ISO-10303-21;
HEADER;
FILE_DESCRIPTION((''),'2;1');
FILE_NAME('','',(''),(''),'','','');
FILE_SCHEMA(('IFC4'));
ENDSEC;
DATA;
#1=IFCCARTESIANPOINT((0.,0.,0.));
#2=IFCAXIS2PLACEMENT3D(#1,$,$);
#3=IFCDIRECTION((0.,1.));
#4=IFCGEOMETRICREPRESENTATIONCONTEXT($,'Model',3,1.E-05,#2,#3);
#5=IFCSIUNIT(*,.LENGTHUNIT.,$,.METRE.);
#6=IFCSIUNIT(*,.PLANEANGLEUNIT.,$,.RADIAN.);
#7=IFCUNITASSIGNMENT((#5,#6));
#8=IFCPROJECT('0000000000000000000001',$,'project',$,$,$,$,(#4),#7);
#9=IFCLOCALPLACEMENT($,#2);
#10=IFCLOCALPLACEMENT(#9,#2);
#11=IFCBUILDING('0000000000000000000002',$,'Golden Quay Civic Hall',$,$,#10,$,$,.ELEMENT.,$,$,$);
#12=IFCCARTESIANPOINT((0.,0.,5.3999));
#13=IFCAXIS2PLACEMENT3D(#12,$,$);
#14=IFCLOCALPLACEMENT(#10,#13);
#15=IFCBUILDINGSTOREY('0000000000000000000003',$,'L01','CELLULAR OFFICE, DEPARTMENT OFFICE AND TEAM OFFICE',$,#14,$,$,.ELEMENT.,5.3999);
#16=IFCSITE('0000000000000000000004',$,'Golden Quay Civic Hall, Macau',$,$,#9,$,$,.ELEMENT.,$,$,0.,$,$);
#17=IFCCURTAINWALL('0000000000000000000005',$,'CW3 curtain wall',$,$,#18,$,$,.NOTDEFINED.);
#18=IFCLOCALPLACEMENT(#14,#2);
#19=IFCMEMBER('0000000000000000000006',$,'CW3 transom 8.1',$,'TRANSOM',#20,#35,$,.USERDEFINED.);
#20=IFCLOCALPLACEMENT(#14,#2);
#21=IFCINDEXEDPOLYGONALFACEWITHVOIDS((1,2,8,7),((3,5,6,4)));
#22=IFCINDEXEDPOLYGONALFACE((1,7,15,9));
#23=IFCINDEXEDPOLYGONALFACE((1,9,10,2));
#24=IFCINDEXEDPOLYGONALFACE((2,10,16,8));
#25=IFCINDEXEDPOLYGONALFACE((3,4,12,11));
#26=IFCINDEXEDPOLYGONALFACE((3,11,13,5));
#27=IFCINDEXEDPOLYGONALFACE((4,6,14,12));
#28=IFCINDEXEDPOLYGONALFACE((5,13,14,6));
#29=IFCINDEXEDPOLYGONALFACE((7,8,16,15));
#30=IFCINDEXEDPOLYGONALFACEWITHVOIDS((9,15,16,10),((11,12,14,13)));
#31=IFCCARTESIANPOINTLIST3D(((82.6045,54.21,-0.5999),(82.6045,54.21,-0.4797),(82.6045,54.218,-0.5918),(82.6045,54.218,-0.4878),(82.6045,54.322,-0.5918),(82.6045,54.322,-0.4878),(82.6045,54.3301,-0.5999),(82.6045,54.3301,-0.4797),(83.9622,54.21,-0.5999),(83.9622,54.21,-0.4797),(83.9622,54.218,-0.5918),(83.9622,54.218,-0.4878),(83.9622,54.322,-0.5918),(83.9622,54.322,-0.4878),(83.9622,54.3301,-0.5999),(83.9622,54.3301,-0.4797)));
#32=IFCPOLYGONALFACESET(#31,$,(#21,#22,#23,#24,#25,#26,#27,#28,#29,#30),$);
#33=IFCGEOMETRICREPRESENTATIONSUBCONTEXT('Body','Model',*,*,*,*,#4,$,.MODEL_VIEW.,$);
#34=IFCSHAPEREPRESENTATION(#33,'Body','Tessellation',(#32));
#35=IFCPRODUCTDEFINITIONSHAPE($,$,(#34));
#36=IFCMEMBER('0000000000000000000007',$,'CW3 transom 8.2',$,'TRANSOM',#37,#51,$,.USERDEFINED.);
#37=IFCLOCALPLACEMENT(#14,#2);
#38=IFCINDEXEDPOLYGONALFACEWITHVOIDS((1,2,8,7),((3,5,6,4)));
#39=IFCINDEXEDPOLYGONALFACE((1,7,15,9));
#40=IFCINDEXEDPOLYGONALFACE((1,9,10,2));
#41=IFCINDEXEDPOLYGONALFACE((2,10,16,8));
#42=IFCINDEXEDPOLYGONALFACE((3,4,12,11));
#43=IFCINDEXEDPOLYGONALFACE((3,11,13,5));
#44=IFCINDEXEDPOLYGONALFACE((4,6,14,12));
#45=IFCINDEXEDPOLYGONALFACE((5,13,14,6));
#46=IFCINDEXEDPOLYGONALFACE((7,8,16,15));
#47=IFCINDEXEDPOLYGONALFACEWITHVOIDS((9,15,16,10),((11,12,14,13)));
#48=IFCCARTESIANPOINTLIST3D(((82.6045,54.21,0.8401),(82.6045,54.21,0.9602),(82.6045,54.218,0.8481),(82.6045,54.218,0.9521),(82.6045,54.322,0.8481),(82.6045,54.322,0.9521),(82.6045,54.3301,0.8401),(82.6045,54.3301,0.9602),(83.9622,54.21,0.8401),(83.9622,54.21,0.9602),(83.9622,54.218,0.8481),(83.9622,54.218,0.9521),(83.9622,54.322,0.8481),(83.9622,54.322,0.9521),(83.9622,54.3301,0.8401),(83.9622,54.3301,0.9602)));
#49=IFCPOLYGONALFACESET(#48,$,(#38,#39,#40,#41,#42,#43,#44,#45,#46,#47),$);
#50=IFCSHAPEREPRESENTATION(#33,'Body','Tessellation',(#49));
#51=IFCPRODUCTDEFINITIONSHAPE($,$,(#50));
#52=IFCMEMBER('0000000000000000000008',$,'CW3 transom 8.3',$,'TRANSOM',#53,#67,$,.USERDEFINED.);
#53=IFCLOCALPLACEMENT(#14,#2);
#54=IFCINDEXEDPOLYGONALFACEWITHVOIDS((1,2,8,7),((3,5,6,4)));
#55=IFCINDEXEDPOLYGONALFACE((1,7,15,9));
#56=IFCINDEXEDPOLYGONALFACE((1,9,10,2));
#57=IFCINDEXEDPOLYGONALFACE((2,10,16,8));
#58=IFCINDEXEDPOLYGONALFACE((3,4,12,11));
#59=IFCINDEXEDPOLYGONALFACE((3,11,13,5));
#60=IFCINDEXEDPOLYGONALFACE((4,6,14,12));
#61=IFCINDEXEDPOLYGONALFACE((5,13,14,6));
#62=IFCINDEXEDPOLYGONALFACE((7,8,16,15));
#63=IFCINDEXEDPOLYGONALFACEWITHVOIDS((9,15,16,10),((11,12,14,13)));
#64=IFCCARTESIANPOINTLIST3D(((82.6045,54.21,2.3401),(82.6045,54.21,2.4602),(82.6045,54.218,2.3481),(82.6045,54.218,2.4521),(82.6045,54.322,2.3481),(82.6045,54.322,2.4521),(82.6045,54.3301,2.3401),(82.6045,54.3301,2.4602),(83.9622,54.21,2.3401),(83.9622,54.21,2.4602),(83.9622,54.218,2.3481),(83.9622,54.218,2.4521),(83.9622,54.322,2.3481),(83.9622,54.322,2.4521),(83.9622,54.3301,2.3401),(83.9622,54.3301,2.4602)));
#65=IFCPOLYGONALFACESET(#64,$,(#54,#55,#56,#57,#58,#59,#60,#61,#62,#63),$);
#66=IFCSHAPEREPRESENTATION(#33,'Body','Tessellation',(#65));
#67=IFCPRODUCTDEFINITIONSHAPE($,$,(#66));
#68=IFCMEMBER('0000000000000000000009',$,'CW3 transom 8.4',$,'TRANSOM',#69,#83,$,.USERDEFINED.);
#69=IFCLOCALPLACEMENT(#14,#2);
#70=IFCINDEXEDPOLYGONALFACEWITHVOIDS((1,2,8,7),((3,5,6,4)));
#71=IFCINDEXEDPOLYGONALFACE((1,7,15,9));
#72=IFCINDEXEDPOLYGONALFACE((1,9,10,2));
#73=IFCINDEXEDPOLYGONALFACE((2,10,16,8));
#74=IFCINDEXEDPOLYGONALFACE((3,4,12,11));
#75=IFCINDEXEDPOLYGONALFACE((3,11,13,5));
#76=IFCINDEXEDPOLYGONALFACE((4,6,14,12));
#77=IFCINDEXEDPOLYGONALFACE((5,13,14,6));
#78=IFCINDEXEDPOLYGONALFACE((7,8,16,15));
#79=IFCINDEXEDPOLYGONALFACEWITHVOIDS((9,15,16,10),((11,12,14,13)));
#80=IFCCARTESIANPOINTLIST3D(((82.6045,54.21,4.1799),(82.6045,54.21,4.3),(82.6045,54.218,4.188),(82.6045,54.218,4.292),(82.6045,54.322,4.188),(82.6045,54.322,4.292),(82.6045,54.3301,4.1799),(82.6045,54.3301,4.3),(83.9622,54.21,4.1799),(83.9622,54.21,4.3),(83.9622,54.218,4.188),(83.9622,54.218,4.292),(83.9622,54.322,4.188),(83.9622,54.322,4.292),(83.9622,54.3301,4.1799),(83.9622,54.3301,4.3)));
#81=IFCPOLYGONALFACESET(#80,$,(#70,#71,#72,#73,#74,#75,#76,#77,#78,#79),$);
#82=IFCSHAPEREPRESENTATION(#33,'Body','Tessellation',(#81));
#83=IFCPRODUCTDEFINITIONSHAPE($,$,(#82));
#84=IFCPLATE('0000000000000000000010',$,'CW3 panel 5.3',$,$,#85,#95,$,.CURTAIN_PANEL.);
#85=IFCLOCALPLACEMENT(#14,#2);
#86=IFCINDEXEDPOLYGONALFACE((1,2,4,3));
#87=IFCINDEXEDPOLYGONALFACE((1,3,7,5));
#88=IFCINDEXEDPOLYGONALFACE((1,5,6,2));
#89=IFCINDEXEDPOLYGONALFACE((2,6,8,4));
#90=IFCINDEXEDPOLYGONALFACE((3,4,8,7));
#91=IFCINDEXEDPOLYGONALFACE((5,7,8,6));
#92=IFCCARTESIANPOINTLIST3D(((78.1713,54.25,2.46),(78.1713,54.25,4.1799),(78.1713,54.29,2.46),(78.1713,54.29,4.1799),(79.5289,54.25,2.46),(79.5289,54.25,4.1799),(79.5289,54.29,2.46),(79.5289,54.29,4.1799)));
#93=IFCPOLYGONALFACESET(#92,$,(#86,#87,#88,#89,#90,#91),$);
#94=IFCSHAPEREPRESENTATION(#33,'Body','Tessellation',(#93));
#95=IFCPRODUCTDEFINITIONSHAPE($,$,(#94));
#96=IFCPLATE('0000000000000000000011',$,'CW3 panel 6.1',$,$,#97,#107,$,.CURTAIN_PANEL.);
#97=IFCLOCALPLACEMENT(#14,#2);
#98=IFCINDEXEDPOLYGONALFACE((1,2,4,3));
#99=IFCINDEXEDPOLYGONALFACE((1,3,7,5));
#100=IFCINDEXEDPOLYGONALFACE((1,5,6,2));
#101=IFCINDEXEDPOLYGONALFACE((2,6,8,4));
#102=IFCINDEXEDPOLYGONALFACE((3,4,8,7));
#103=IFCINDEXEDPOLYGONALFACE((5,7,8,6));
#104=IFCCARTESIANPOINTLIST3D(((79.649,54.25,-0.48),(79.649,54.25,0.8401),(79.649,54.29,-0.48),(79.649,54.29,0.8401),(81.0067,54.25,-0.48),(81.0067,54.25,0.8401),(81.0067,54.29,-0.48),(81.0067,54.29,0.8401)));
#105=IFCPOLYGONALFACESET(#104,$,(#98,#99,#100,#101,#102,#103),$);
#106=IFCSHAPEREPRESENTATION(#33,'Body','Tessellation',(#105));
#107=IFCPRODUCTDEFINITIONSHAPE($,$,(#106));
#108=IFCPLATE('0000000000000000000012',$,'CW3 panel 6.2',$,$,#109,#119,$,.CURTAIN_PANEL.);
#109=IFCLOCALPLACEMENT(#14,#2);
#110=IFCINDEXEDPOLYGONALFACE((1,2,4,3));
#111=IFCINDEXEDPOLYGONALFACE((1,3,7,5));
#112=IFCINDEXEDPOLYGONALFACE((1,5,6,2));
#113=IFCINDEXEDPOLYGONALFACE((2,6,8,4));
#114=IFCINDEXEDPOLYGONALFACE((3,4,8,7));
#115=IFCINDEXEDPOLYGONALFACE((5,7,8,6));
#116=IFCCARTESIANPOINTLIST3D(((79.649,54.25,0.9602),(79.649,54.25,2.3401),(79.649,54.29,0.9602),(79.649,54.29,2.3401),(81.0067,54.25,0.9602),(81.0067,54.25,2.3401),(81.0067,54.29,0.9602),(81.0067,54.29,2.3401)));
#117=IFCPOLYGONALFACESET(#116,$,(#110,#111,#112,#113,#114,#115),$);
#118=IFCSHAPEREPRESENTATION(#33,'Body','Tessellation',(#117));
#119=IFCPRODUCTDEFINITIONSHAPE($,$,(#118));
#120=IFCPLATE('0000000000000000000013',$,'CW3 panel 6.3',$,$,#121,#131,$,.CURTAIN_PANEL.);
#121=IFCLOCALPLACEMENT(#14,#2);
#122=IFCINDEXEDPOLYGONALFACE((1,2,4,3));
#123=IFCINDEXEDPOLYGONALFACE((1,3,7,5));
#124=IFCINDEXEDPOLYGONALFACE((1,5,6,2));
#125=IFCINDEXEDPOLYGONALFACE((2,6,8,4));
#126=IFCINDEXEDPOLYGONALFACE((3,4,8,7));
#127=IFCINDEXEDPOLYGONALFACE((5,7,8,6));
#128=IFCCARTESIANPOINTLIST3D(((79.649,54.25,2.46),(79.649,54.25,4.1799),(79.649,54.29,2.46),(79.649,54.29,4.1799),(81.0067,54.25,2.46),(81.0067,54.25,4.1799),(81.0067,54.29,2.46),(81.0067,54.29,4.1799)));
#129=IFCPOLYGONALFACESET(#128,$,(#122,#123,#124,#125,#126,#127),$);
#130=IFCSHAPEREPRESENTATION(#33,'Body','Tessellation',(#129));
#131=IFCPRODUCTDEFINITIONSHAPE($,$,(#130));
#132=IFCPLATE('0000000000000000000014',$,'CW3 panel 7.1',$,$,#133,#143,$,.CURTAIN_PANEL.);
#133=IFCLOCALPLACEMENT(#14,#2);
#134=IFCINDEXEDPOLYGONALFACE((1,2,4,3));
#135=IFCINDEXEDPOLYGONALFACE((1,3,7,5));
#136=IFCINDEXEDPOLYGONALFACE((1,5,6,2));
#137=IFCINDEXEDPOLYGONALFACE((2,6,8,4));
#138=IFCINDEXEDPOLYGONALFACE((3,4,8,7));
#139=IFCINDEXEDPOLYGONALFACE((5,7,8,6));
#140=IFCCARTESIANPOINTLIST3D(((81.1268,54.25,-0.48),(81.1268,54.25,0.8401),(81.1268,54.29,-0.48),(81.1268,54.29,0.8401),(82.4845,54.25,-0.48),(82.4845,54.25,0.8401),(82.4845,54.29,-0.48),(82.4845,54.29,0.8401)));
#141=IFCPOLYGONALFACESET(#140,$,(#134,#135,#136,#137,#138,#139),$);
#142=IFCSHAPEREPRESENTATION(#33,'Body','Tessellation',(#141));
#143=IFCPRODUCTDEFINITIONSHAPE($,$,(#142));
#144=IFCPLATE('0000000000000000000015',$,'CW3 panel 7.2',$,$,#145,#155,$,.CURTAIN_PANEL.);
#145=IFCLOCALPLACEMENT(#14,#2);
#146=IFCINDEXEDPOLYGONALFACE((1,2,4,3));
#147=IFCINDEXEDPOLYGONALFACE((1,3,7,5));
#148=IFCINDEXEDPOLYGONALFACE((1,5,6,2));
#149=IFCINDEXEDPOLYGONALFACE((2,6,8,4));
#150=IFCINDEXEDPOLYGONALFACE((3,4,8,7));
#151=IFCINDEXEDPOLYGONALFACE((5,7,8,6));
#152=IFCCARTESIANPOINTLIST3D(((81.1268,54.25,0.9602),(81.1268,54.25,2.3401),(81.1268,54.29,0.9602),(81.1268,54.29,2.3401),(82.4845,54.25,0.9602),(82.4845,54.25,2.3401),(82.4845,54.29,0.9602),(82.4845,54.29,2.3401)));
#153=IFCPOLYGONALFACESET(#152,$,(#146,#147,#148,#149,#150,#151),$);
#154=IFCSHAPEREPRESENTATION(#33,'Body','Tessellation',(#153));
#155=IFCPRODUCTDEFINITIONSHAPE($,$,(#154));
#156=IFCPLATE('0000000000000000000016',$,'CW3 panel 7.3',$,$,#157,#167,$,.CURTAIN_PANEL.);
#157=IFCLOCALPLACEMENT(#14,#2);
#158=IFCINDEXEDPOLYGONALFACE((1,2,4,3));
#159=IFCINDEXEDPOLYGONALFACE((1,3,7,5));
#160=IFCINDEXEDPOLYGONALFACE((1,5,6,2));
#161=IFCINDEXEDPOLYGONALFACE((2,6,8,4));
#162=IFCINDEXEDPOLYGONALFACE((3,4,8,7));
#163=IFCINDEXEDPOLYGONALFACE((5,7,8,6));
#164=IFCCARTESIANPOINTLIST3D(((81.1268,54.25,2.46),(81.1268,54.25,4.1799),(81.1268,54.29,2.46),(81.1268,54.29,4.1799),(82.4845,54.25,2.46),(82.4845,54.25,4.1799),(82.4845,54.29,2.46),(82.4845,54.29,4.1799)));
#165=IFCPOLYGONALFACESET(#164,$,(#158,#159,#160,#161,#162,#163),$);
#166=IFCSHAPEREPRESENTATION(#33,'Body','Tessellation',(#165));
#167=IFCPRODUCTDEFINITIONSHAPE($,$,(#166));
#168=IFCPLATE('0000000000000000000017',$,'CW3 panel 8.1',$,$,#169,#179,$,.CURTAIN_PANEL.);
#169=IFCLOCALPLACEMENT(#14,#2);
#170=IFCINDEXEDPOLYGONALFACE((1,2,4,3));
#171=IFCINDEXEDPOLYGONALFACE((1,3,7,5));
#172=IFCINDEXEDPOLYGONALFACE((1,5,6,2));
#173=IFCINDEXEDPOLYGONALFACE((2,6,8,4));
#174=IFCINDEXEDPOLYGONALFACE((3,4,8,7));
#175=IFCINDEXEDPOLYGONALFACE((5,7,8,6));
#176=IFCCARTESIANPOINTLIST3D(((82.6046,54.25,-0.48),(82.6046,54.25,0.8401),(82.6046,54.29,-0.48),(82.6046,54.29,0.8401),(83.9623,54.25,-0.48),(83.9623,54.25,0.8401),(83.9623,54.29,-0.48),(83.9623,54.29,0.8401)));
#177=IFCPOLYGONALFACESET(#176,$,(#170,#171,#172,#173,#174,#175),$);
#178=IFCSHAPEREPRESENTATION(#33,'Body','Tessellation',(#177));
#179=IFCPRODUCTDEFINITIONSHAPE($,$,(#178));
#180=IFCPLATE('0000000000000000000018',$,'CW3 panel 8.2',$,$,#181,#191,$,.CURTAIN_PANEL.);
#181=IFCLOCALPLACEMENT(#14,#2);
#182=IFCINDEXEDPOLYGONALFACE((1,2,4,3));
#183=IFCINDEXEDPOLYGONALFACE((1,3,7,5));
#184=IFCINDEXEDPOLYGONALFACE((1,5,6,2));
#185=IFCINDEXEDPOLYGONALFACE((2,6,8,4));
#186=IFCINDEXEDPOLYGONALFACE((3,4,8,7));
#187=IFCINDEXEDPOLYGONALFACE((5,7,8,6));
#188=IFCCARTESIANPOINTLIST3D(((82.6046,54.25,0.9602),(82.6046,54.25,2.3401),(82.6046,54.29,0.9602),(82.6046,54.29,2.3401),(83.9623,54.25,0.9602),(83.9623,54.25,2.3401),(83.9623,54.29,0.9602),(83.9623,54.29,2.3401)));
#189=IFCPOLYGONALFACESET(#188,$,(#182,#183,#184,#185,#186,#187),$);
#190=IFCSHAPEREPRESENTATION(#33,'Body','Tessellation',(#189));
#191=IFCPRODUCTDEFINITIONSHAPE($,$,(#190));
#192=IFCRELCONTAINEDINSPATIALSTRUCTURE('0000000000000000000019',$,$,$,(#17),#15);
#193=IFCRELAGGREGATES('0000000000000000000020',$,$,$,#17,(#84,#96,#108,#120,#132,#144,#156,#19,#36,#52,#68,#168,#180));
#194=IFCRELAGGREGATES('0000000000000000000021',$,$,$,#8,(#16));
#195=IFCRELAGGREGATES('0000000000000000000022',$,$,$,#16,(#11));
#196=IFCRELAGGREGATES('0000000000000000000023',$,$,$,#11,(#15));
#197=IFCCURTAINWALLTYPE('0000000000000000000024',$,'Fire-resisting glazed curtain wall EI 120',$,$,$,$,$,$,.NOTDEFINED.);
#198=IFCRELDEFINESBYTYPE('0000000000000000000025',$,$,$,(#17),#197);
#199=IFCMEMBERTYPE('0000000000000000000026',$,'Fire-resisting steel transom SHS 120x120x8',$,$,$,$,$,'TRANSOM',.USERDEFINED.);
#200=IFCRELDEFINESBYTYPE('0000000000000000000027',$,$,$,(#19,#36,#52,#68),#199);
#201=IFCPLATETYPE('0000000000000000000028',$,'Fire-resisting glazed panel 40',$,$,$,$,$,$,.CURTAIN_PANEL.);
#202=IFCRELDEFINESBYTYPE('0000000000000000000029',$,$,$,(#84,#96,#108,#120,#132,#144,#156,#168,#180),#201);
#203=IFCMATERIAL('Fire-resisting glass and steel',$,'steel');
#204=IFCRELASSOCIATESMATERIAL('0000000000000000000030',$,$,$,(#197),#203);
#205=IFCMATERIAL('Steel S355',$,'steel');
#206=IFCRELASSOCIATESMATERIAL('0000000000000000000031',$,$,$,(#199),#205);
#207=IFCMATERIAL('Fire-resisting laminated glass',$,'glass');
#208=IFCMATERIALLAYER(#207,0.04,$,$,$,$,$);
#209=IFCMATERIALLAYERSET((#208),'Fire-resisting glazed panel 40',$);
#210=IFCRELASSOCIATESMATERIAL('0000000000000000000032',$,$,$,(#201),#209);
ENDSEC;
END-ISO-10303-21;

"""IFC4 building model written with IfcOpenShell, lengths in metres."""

from ifc_helpers import new_model, si_unit, direction, frame, origin, origin_2d, place, context, subcontext, project, spatial, rectangle, hollow_rectangle, extrude, material, layer, layer_set, material_profile, profile_set, type_object, element, aggregate, save


model = new_model("IFC4")

# Units and contexts
model_context = context("Model", 3, precision=1e-05, world=origin(), true_north=direction((0.0, 1.0)))
body_context = subcontext(model_context, "Body", "Model", "MODEL_VIEW")
ifc_project = project(units=[si_unit("LENGTHUNIT", "METRE"), si_unit("PLANEANGLEUNIT", "RADIAN")], contexts=[model_context])

# Site, building, storey
site_placement = place(None, origin())
site = spatial("IfcSite", under=ifc_project, at=site_placement, Name="Golden Quay Civic Hall, Macau", CompositionType="ELEMENT", RefElevation=0.0)
building_placement = place(site_placement, origin())
building = spatial("IfcBuilding", under=site, at=building_placement, Name="Golden Quay Civic Hall", CompositionType="ELEMENT")
storey_placement = place(building_placement, frame((0.0, 0.0, 5.3999)))
storey = spatial("IfcBuildingStorey", under=building, at=storey_placement, Name="L01", Description="CELLULAR OFFICE, DEPARTMENT OFFICE AND TEAM OFFICE", CompositionType="ELEMENT", Elevation=5.3999)

# Curtain wall, members, plates
ifc_material_1 = material(Name="Fire-resisting glass and steel", Category="steel")
curtain_wall_type = type_object("IfcCurtainWallType", Name="Fire-resisting glazed curtain wall EI 120", PredefinedType="NOTDEFINED", material=ifc_material_1)
curtain_wall_placement = place(storey_placement, origin())
curtain_wall = element("IfcCurtainWall", 1, at=curtain_wall_placement, inside=storey, type_object=curtain_wall_type, Name="CW3 curtain wall", PredefinedType="NOTDEFINED")
ifc_material_2 = material(Name="Steel S355", Category="steel")
ifc_material_profile_1 = material_profile(ifc_material_2, hollow_rectangle(XDim=0.1201, YDim=0.1201, WallThickness=0.0081, at=origin_2d()), Name="SHS 120x120x8")
ifc_profile_set_1 = profile_set([ifc_material_profile_1], Name="Steel S355")
member_type_1 = type_object("IfcMemberType", Name="Fire-resisting steel transom SHS 120x120x8", ElementType="TRANSOM", PredefinedType="USERDEFINED", material=ifc_profile_set_1)
member_1_placement = place(storey_placement, frame((82.6045, 54.27, -0.5398), z_axis=(1.0, 0.0, 0.0), x_axis=(0.0, 1.0, 0.0)))
member_1 = element("IfcMember", 2, at=member_1_placement, type_object=member_type_1, Name="CW3 transom 8.1", ObjectType="TRANSOM", PredefinedType="USERDEFINED", context=body_context, shape_type="SweptSolid", body=[
    extrude(hollow_rectangle(XDim=0.1201, YDim=0.1201, WallThickness=0.0081, at=origin_2d()), origin(), (0.0, 0.0, 1.0), 1.3577),
])
member_2_placement = place(storey_placement, frame((82.6045, 54.27, 0.9001), z_axis=(1.0, 0.0, 0.0), x_axis=(0.0, 1.0, 0.0)))
member_2 = element("IfcMember", 3, at=member_2_placement, type_object=member_type_1, Name="CW3 transom 8.2", ObjectType="TRANSOM", PredefinedType="USERDEFINED", context=body_context, shape_type="SweptSolid", body=[
    extrude(hollow_rectangle(XDim=0.1201, YDim=0.1201, WallThickness=0.0081, at=origin_2d()), origin(), (0.0, 0.0, 1.0), 1.3577),
])
member_3_placement = place(storey_placement, frame((82.6045, 54.27, 2.4001), z_axis=(1.0, 0.0, 0.0), x_axis=(0.0, 1.0, 0.0)))
member_3 = element("IfcMember", 4, at=member_3_placement, type_object=member_type_1, Name="CW3 transom 8.3", ObjectType="TRANSOM", PredefinedType="USERDEFINED", context=body_context, shape_type="SweptSolid", body=[
    extrude(hollow_rectangle(XDim=0.1201, YDim=0.1201, WallThickness=0.0081, at=origin_2d()), origin(), (0.0, 0.0, 1.0), 1.3577),
])
member_4_placement = place(storey_placement, frame((82.6045, 54.27, 4.24), z_axis=(1.0, 0.0, 0.0), x_axis=(0.0, 1.0, 0.0)))
member_4 = element("IfcMember", 5, at=member_4_placement, type_object=member_type_1, Name="CW3 transom 8.4", ObjectType="TRANSOM", PredefinedType="USERDEFINED", context=body_context, shape_type="SweptSolid", body=[
    extrude(hollow_rectangle(XDim=0.1201, YDim=0.1201, WallThickness=0.0081, at=origin_2d()), origin(), (0.0, 0.0, 1.0), 1.3577),
])
ifc_material_3 = material(Name="Fire-resisting laminated glass", Category="glass")
ifc_layer = layer(ifc_material_3, 0.04)
ifc_layer_set = layer_set([ifc_layer], Name="Fire-resisting glazed panel 40")
plate_type = type_object("IfcPlateType", Name="Fire-resisting glazed panel 40", PredefinedType="CURTAIN_PANEL", material=ifc_layer_set)
plate_1_placement = place(storey_placement, frame((78.8501, 54.27, 2.46), z_axis=(0.0, 0.0, 1.0), x_axis=(1.0, 0.0, 0.0)))
plate_1 = element("IfcPlate", 6, at=plate_1_placement, type_object=plate_type, Name="CW3 panel 5.3", PredefinedType="CURTAIN_PANEL", context=body_context, shape_type="SweptSolid", body=[
    extrude(rectangle(XDim=1.3577, YDim=0.04, at=origin_2d()), origin(), (0.0, 0.0, 1.0), 1.72),
])
plate_2_placement = place(storey_placement, frame((80.3279, 54.27, -0.48), z_axis=(0.0, 0.0, 1.0), x_axis=(1.0, 0.0, 0.0)))
plate_2 = element("IfcPlate", 7, at=plate_2_placement, type_object=plate_type, Name="CW3 panel 6.1", PredefinedType="CURTAIN_PANEL", context=body_context, shape_type="SweptSolid", body=[
    extrude(rectangle(XDim=1.3577, YDim=0.04, at=origin_2d()), origin(), (0.0, 0.0, 1.0), 1.3201),
])
plate_3_placement = place(storey_placement, frame((80.3279, 54.27, 0.9602), z_axis=(0.0, 0.0, 1.0), x_axis=(1.0, 0.0, 0.0)))
plate_3 = element("IfcPlate", 8, at=plate_3_placement, type_object=plate_type, Name="CW3 panel 6.2", PredefinedType="CURTAIN_PANEL", context=body_context, shape_type="SweptSolid", body=[
    extrude(rectangle(XDim=1.3577, YDim=0.04, at=origin_2d()), origin(), (0.0, 0.0, 1.0), 1.3799),
])
plate_4_placement = place(storey_placement, frame((80.3279, 54.27, 2.46), z_axis=(0.0, 0.0, 1.0), x_axis=(1.0, 0.0, 0.0)))
plate_4 = element("IfcPlate", 9, at=plate_4_placement, type_object=plate_type, Name="CW3 panel 6.3", PredefinedType="CURTAIN_PANEL", context=body_context, shape_type="SweptSolid", body=[
    extrude(rectangle(XDim=1.3577, YDim=0.04, at=origin_2d()), origin(), (0.0, 0.0, 1.0), 1.72),
])
plate_5_placement = place(storey_placement, frame((81.8057, 54.27, -0.48), z_axis=(0.0, 0.0, 1.0), x_axis=(1.0, 0.0, 0.0)))
plate_5 = element("IfcPlate", 10, at=plate_5_placement, type_object=plate_type, Name="CW3 panel 7.1", PredefinedType="CURTAIN_PANEL", context=body_context, shape_type="SweptSolid", body=[
    extrude(rectangle(XDim=1.3577, YDim=0.04, at=origin_2d()), origin(), (0.0, 0.0, 1.0), 1.3201),
])
plate_6_placement = place(storey_placement, frame((81.8057, 54.27, 0.9602), z_axis=(0.0, 0.0, 1.0), x_axis=(1.0, 0.0, 0.0)))
plate_6 = element("IfcPlate", 11, at=plate_6_placement, type_object=plate_type, Name="CW3 panel 7.2", PredefinedType="CURTAIN_PANEL", context=body_context, shape_type="SweptSolid", body=[
    extrude(rectangle(XDim=1.3577, YDim=0.04, at=origin_2d()), origin(), (0.0, 0.0, 1.0), 1.3799),
])
plate_7_placement = place(storey_placement, frame((81.8057, 54.27, 2.46), z_axis=(0.0, 0.0, 1.0), x_axis=(1.0, 0.0, 0.0)))
plate_7 = element("IfcPlate", 12, at=plate_7_placement, type_object=plate_type, Name="CW3 panel 7.3", PredefinedType="CURTAIN_PANEL", context=body_context, shape_type="SweptSolid", body=[
    extrude(rectangle(XDim=1.3577, YDim=0.04, at=origin_2d()), origin(), (0.0, 0.0, 1.0), 1.72),
])
plate_8_placement = place(storey_placement, frame((83.2834, 54.27, -0.48), z_axis=(0.0, 0.0, 1.0), x_axis=(1.0, 0.0, 0.0)))
plate_8 = element("IfcPlate", 13, at=plate_8_placement, type_object=plate_type, Name="CW3 panel 8.1", PredefinedType="CURTAIN_PANEL", context=body_context, shape_type="SweptSolid", body=[
    extrude(rectangle(XDim=1.3577, YDim=0.04, at=origin_2d()), origin(), (0.0, 0.0, 1.0), 1.3201),
])
plate_9_placement = place(storey_placement, frame((83.2834, 54.27, 0.9602), z_axis=(0.0, 0.0, 1.0), x_axis=(1.0, 0.0, 0.0)))
plate_9 = element("IfcPlate", 14, at=plate_9_placement, type_object=plate_type, Name="CW3 panel 8.2", PredefinedType="CURTAIN_PANEL", context=body_context, shape_type="SweptSolid", body=[
    extrude(rectangle(XDim=1.3577, YDim=0.04, at=origin_2d()), origin(), (0.0, 0.0, 1.0), 1.3799),
])
aggregate(curtain_wall, [plate_1, plate_2, plate_3, plate_4, plate_5, plate_6, plate_7, member_1, member_2, member_3, member_4, plate_8, plate_9])

save(model, "model.ifc")
